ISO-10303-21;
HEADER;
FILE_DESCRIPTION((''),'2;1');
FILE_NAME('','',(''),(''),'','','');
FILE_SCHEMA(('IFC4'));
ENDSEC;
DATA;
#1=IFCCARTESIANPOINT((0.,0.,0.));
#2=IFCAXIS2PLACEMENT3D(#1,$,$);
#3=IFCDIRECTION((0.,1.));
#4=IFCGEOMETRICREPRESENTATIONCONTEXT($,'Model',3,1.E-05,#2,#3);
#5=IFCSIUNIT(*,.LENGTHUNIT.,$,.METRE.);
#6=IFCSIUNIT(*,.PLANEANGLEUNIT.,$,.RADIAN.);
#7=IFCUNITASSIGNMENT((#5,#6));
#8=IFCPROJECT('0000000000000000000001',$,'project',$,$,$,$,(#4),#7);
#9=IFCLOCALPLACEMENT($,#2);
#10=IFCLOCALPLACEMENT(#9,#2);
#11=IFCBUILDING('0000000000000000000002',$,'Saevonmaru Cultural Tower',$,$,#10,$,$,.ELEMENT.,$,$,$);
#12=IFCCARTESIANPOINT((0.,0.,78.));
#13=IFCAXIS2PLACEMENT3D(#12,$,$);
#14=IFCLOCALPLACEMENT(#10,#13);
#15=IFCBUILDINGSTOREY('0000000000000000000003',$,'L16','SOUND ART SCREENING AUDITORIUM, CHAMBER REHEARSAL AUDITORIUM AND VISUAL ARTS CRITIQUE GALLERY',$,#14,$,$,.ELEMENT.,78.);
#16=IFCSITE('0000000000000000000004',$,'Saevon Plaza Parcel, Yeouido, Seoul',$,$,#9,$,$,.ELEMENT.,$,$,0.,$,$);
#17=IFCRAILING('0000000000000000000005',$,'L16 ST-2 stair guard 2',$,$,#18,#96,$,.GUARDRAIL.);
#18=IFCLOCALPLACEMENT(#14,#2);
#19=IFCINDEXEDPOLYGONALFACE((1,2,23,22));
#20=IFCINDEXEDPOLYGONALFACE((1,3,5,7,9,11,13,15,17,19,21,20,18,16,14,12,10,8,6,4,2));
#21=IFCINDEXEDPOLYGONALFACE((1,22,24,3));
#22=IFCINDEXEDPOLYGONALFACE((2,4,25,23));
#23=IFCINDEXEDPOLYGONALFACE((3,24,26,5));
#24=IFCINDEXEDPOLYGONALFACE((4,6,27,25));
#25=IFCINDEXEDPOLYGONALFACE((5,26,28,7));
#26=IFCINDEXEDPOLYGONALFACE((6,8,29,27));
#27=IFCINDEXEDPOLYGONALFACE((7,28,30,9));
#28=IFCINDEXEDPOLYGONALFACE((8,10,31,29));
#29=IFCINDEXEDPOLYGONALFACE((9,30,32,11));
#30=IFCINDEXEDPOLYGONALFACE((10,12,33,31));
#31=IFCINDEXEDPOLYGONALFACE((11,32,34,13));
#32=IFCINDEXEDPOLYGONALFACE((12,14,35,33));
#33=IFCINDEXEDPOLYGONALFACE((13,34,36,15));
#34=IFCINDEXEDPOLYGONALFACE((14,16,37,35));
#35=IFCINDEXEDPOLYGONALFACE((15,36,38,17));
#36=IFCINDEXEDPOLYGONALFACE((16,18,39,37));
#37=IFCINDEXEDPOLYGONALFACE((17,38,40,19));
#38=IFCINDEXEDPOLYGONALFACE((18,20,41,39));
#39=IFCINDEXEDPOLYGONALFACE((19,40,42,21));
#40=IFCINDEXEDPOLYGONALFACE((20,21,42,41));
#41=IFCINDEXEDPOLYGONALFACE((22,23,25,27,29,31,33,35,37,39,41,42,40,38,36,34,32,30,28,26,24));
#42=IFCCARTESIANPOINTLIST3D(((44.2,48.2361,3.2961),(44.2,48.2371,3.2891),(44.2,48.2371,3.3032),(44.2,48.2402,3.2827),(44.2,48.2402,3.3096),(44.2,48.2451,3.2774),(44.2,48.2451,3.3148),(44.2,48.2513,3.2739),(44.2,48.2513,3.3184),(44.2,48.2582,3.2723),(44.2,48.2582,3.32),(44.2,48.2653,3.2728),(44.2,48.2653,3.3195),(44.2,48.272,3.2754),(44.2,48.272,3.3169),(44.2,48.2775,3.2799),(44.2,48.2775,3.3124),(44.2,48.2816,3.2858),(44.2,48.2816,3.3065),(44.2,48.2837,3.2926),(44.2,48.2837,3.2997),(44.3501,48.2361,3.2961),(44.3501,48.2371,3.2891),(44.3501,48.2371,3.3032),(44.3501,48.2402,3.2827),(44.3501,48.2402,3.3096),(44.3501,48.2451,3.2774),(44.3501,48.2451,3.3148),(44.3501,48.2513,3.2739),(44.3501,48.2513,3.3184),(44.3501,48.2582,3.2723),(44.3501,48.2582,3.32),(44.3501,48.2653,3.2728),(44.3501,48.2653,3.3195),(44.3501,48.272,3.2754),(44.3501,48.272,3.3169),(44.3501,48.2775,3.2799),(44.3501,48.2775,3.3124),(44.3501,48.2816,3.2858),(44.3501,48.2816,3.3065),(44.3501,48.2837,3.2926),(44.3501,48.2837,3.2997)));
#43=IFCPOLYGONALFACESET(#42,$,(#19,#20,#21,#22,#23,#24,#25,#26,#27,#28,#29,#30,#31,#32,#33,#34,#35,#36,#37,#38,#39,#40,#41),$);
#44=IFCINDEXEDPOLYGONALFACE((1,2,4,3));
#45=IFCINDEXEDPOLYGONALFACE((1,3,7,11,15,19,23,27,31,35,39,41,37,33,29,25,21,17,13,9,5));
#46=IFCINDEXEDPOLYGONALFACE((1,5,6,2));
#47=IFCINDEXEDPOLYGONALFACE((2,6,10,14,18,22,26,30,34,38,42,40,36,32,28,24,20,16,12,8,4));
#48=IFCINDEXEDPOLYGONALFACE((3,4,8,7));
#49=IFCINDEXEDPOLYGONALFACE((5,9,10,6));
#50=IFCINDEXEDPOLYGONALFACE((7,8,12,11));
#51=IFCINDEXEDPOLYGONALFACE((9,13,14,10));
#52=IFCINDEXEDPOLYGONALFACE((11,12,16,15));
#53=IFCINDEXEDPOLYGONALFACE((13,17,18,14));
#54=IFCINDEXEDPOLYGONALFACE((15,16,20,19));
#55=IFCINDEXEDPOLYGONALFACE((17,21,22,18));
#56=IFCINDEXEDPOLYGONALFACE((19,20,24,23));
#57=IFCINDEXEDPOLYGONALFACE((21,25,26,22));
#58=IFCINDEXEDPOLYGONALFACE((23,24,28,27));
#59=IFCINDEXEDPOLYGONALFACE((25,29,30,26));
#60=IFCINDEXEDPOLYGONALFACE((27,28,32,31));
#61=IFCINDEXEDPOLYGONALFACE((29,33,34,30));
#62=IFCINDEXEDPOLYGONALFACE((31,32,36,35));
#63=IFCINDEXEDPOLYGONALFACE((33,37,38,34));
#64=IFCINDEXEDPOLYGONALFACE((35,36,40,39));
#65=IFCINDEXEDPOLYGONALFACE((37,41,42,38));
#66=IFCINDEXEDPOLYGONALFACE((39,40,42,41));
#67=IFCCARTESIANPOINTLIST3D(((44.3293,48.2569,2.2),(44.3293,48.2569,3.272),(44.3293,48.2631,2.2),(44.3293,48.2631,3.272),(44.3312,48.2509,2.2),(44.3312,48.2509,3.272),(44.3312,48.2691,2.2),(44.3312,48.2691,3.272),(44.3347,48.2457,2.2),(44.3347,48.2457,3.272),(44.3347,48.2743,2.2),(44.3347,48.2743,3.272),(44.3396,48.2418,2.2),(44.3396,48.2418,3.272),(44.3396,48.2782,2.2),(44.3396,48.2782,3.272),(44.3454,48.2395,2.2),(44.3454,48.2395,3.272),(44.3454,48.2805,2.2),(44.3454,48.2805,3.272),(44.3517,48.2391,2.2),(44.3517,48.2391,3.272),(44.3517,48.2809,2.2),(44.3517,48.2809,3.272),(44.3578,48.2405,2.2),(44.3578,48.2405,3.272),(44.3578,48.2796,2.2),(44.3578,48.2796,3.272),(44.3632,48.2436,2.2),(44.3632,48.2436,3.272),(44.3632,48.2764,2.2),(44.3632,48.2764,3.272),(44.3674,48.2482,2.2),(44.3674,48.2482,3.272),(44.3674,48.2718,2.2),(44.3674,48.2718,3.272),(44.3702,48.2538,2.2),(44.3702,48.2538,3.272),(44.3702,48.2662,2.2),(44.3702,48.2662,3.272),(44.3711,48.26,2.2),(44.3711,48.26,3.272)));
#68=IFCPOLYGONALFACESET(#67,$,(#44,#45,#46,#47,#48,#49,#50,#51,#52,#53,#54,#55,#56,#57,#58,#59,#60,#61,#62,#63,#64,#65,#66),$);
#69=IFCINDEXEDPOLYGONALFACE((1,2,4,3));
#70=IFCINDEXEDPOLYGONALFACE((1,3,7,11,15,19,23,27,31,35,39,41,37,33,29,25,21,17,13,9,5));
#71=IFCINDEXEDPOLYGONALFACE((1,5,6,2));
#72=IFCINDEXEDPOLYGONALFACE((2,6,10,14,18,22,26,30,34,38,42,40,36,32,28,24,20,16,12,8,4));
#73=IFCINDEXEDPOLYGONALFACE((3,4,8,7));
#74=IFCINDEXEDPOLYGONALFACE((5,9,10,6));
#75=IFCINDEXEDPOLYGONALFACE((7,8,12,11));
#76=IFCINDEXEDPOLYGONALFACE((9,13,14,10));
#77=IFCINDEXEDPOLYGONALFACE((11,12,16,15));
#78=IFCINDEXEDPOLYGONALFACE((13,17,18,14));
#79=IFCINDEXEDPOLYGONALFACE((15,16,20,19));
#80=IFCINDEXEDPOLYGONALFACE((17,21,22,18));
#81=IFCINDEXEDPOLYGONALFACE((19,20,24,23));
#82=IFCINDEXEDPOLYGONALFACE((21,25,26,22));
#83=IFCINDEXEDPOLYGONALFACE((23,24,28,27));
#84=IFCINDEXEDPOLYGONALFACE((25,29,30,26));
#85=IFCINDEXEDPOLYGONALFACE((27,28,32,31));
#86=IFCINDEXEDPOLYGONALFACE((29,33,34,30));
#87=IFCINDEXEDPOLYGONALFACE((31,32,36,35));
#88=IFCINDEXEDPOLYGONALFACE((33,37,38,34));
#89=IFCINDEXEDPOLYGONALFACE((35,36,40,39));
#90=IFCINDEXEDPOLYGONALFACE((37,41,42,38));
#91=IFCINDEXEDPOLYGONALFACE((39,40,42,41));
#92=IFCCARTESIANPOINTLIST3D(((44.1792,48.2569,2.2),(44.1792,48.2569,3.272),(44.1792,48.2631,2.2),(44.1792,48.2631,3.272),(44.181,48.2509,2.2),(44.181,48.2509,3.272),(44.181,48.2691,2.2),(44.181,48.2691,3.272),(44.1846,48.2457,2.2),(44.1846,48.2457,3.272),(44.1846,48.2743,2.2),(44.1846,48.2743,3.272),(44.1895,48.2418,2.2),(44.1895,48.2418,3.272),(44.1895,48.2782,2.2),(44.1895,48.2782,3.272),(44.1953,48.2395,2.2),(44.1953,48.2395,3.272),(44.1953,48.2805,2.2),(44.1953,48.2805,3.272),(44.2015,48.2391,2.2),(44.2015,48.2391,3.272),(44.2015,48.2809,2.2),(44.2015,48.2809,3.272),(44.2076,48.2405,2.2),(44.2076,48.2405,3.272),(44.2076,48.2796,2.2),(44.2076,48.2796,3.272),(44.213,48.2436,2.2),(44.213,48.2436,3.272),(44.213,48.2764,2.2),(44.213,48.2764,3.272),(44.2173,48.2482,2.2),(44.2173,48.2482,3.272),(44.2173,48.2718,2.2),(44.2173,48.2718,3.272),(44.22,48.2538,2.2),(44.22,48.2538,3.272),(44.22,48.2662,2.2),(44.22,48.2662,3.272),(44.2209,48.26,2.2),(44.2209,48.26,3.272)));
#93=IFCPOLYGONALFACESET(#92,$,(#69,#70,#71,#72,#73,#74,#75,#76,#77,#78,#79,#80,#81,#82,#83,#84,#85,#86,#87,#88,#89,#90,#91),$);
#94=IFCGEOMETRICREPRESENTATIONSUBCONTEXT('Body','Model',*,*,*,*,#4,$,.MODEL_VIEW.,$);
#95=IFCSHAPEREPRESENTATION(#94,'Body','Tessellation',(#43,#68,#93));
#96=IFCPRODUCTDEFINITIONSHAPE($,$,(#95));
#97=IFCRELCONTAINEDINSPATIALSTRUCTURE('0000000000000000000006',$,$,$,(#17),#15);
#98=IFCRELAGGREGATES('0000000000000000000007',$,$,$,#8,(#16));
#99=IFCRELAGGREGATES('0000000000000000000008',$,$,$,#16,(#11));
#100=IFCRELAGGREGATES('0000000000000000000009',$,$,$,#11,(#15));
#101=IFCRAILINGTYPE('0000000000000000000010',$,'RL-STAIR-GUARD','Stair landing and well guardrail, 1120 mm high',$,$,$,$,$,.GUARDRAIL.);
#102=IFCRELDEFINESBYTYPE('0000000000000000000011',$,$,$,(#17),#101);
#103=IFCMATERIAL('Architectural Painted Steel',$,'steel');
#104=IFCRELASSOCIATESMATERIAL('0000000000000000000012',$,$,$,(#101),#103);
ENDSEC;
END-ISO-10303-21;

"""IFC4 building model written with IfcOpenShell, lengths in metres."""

from ifc_helpers import new_model, si_unit, direction, frame, origin, origin_2d, place, context, subcontext, project, spatial, circle, extrude, material, type_object, element, save


model = new_model("IFC4")

# Units and contexts
model_context = context("Model", 3, precision=1e-05, world=origin(), true_north=direction((0.0, 1.0)))
body_context = subcontext(model_context, "Body", "Model", "MODEL_VIEW")
ifc_project = project(units=[si_unit("LENGTHUNIT", "METRE"), si_unit("PLANEANGLEUNIT", "RADIAN")], contexts=[model_context])

# Site, building, storey
site_placement = place(None, origin())
site = spatial("IfcSite", under=ifc_project, at=site_placement, Name="Saevon Plaza Parcel, Yeouido, Seoul", CompositionType="ELEMENT", RefElevation=0.0)
building_placement = place(site_placement, origin())
building = spatial("IfcBuilding", under=site, at=building_placement, Name="Saevonmaru Cultural Tower", CompositionType="ELEMENT")
storey_placement = place(building_placement, frame((0.0, 0.0, 78.0)))
storey = spatial("IfcBuildingStorey", under=building, at=storey_placement, Name="L16", Description="SOUND ART SCREENING AUDITORIUM, CHAMBER REHEARSAL AUDITORIUM AND VISUAL ARTS CRITIQUE GALLERY", CompositionType="ELEMENT", Elevation=78.0)

# Railing
ifc_material_1 = material(Name="Architectural Painted Steel", Category="steel")
railing_type = type_object("IfcRailingType", Name="RL-STAIR-GUARD", Description="Stair landing and well guardrail, 1120 mm high", PredefinedType="GUARDRAIL", material=ifc_material_1)
railing_1_placement = place(storey_placement, frame((44.3501, 48.26, 2.2)))
element("IfcRailing", 1, at=railing_1_placement, inside=storey, type_object=railing_type, Name="L16 ST-2 stair guard 2", PredefinedType="GUARDRAIL", context=body_context, shape_type="SweptSolid", body=[
    extrude(circle(Radius=0.0239, at=origin_2d()), frame((0.0, 0.0, 1.0962), z_axis=(-1.0, 0.0, 0.0), x_axis=(0.0, -1.0, 0.0)), (0.0, 0.0, 1.0), 0.1501),
    extrude(circle(Radius=0.021, at=origin_2d()), origin(), (0.0, 0.0, 1.0), 1.072),
    extrude(circle(Radius=0.021, at=origin_2d()), frame((-0.1501, 0.0, 0.0)), (0.0, 0.0, 1.0), 1.072),
])

save(model, "model.ifc")
